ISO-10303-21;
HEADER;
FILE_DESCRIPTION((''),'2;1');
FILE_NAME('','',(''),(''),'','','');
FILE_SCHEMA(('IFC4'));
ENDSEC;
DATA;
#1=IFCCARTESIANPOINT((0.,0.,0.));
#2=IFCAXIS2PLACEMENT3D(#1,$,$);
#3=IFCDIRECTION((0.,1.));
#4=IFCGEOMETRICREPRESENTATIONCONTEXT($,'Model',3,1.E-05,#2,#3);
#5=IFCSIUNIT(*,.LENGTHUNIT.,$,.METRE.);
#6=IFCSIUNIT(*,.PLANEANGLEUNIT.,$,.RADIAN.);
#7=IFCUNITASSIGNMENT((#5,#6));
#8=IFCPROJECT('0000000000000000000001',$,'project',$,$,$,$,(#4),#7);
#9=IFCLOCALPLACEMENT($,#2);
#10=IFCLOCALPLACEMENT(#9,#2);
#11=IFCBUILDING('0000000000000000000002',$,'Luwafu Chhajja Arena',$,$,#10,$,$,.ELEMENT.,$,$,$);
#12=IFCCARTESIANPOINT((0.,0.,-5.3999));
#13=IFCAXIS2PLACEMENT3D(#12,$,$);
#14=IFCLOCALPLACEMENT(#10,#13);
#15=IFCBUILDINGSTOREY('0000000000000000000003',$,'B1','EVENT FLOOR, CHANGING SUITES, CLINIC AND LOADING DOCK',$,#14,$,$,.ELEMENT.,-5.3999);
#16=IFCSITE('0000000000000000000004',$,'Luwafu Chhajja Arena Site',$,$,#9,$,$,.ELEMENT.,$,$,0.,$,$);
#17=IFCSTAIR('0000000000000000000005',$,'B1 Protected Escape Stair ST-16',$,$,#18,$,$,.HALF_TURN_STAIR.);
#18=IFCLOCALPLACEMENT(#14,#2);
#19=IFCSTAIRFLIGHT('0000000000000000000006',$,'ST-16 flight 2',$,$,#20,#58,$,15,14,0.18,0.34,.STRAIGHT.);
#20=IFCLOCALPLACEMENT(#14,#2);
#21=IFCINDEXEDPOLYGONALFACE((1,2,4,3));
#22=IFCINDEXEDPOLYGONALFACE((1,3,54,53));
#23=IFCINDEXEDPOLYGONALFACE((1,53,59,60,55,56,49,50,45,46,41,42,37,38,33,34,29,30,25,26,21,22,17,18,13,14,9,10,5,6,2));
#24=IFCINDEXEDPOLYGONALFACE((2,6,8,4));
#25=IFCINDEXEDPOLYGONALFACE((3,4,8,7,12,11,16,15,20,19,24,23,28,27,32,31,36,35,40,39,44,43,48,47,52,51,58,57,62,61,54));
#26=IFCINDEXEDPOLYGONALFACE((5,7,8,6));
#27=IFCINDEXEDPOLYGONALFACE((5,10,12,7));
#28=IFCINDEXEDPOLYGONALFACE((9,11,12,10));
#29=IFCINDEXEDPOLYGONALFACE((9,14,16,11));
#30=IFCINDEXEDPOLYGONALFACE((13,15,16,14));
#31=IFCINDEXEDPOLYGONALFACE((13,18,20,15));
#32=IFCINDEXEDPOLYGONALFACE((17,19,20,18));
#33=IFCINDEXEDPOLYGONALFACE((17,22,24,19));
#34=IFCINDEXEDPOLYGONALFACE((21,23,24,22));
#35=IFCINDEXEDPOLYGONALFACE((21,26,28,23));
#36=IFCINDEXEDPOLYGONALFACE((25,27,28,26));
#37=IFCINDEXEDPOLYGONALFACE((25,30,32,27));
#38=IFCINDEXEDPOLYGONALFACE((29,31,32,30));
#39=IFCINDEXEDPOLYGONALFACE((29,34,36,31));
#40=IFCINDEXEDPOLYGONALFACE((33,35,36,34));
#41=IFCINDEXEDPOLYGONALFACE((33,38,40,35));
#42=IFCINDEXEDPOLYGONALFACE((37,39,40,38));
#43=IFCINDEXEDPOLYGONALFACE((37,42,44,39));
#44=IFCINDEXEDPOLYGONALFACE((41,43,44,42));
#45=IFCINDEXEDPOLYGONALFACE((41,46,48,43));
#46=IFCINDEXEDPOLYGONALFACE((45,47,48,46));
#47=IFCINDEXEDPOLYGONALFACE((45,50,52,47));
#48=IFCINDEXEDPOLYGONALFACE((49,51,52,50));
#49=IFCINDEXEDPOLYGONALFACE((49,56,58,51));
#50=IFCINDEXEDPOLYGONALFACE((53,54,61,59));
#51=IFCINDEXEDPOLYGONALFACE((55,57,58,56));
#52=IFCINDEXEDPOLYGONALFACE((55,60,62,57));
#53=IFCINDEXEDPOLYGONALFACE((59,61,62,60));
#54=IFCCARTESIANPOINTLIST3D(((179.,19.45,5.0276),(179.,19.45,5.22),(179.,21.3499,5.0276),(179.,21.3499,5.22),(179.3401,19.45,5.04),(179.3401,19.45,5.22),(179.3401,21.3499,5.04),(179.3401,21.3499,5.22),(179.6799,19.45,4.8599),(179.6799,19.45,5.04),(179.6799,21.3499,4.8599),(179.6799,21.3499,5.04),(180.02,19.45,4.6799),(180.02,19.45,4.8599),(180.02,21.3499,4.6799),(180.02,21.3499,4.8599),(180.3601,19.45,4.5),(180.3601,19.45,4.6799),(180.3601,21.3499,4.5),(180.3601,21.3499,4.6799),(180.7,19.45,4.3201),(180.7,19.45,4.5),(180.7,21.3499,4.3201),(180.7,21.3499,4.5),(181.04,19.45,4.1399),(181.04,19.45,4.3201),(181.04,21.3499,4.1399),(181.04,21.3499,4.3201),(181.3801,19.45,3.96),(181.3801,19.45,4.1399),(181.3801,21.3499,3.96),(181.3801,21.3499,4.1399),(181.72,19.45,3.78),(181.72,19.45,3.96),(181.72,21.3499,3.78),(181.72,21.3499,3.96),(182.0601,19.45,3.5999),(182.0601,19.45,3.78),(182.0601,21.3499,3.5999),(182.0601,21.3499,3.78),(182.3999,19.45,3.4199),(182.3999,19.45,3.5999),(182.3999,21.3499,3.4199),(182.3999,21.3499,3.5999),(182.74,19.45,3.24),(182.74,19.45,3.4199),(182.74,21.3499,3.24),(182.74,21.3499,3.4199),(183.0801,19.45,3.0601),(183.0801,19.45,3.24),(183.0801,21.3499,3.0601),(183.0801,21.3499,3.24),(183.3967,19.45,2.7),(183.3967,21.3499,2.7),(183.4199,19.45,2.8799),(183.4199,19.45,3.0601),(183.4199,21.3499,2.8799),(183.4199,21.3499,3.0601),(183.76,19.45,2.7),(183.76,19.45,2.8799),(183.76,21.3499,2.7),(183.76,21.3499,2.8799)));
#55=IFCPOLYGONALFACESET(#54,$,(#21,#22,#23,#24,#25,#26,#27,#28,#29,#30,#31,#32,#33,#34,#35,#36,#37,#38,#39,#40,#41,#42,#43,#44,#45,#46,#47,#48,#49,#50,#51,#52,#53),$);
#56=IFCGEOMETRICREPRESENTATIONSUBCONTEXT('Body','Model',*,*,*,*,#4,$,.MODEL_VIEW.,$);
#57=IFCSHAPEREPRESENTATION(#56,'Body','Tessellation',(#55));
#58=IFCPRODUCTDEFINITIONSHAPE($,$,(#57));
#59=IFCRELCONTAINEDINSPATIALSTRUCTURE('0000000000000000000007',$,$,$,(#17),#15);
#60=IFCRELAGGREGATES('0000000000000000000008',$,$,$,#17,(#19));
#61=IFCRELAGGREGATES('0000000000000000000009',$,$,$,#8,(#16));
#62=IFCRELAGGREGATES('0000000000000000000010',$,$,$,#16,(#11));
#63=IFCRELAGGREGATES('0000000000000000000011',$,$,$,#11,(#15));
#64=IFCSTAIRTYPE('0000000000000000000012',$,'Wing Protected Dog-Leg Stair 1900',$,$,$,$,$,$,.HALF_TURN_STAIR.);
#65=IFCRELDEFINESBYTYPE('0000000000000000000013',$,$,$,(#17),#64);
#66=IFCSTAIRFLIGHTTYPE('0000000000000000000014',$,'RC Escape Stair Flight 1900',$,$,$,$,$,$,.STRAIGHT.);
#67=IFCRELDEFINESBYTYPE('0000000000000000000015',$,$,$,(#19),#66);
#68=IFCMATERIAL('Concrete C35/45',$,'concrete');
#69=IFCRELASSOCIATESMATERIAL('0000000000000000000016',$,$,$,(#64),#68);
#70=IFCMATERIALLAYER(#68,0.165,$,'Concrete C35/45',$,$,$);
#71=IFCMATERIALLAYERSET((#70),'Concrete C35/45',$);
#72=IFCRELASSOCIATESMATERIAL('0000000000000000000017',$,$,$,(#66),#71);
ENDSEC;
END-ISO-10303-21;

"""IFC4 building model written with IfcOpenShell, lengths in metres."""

from ifc_helpers import new_model, si_unit, direction, frame, origin, place, context, subcontext, project, spatial, polyline, outline, extrude, material, layer, layer_set, type_object, element, aggregate, save


model = new_model("IFC4")

# Units and contexts
model_context = context("Model", 3, precision=1e-05, world=origin(), true_north=direction((0.0, 1.0)))
body_context = subcontext(model_context, "Body", "Model", "MODEL_VIEW")
ifc_project = project(units=[si_unit("LENGTHUNIT", "METRE"), si_unit("PLANEANGLEUNIT", "RADIAN")], contexts=[model_context])

# Site, building, storey
site_placement = place(None, origin())
site = spatial("IfcSite", under=ifc_project, at=site_placement, Name="Luwafu Chhajja Arena Site", CompositionType="ELEMENT", RefElevation=0.0)
building_placement = place(site_placement, origin())
building = spatial("IfcBuilding", under=site, at=building_placement, Name="Luwafu Chhajja Arena", CompositionType="ELEMENT")
storey_placement = place(building_placement, frame((0.0, 0.0, -5.3999)))
storey = spatial("IfcBuildingStorey", under=building, at=storey_placement, Name="B1", Description="EVENT FLOOR, CHANGING SUITES, CLINIC AND LOADING DOCK", CompositionType="ELEMENT", Elevation=-5.3999)

# Shared definitions
ifc_material_1 = material(Name="Concrete C35/45", Category="concrete")

# Shared definitions
stair_type = type_object("IfcStairType", Name="Wing Protected Dog-Leg Stair 1900", PredefinedType="HALF_TURN_STAIR", material=ifc_material_1)
ifc_layer_1 = layer(ifc_material_1, 0.165, Name="Concrete C35/45")
ifc_layer_set_1 = layer_set([ifc_layer_1], Name="Concrete C35/45")
stair_flight_type = type_object("IfcStairFlightType", Name="RC Escape Stair Flight 1900", PredefinedType="STRAIGHT", material=ifc_layer_set_1)

# Stair, stair flight
stair_1_placement = place(storey_placement, origin())
stair_1 = element("IfcStair", 1, at=stair_1_placement, inside=storey, type_object=stair_type, Name="B1 Protected Escape Stair ST-16", PredefinedType="HALF_TURN_STAIR")
stair_flight_1_placement = place(storey_placement, frame((183.76, 20.3999, 2.7), z_axis=(0.0, 0.0, 1.0), x_axis=(-1.0, 0.0, 0.0)))
stair_flight_1 = element("IfcStairFlight", 2, at=stair_flight_1_placement, type_object=stair_flight_type, Name="ST-16 flight 2", NumberOfRisers=15, NumberOfTreads=14, PredefinedType="STRAIGHT", RiserHeight=0.18, TreadLength=0.34, context=body_context, shape_type="SweptSolid", body=[
    extrude(outline(polyline([(0.0, 0.0), (0.0, 0.1799), (0.3401, 0.1799), (0.3401, 0.3601), (0.6799, 0.3601), (0.6799, 0.54), (1.02, 0.54), (1.02, 0.72), (1.3601, 0.72), (1.3601, 0.8999), (1.7, 0.8999), (1.7, 1.0801), (2.04, 1.0801), (2.04, 1.26), (2.3799, 1.26), (2.3799, 1.4399), (2.72, 1.4399), (2.72, 1.6201), (3.0601, 1.6201), (3.0601, 1.8), (3.3999, 1.8), (3.3999, 1.98), (3.74, 1.98), (3.74, 2.1599), (4.0801, 2.1599), (4.0801, 2.3401), (4.4199, 2.3401), (4.4199, 2.52), (4.76, 2.52), (4.76, 2.7), (4.76, 2.3276), (0.3633, 0.0), (0.0, 0.0)])), frame((0.0, 0.95, 0.0), z_axis=(0.0, -1.0, 0.0), x_axis=(1.0, 0.0, 0.0)), (0.0, 0.0, 1.0), 1.8999),
])
aggregate(stair_1, [stair_flight_1])

save(model, "model.ifc")
